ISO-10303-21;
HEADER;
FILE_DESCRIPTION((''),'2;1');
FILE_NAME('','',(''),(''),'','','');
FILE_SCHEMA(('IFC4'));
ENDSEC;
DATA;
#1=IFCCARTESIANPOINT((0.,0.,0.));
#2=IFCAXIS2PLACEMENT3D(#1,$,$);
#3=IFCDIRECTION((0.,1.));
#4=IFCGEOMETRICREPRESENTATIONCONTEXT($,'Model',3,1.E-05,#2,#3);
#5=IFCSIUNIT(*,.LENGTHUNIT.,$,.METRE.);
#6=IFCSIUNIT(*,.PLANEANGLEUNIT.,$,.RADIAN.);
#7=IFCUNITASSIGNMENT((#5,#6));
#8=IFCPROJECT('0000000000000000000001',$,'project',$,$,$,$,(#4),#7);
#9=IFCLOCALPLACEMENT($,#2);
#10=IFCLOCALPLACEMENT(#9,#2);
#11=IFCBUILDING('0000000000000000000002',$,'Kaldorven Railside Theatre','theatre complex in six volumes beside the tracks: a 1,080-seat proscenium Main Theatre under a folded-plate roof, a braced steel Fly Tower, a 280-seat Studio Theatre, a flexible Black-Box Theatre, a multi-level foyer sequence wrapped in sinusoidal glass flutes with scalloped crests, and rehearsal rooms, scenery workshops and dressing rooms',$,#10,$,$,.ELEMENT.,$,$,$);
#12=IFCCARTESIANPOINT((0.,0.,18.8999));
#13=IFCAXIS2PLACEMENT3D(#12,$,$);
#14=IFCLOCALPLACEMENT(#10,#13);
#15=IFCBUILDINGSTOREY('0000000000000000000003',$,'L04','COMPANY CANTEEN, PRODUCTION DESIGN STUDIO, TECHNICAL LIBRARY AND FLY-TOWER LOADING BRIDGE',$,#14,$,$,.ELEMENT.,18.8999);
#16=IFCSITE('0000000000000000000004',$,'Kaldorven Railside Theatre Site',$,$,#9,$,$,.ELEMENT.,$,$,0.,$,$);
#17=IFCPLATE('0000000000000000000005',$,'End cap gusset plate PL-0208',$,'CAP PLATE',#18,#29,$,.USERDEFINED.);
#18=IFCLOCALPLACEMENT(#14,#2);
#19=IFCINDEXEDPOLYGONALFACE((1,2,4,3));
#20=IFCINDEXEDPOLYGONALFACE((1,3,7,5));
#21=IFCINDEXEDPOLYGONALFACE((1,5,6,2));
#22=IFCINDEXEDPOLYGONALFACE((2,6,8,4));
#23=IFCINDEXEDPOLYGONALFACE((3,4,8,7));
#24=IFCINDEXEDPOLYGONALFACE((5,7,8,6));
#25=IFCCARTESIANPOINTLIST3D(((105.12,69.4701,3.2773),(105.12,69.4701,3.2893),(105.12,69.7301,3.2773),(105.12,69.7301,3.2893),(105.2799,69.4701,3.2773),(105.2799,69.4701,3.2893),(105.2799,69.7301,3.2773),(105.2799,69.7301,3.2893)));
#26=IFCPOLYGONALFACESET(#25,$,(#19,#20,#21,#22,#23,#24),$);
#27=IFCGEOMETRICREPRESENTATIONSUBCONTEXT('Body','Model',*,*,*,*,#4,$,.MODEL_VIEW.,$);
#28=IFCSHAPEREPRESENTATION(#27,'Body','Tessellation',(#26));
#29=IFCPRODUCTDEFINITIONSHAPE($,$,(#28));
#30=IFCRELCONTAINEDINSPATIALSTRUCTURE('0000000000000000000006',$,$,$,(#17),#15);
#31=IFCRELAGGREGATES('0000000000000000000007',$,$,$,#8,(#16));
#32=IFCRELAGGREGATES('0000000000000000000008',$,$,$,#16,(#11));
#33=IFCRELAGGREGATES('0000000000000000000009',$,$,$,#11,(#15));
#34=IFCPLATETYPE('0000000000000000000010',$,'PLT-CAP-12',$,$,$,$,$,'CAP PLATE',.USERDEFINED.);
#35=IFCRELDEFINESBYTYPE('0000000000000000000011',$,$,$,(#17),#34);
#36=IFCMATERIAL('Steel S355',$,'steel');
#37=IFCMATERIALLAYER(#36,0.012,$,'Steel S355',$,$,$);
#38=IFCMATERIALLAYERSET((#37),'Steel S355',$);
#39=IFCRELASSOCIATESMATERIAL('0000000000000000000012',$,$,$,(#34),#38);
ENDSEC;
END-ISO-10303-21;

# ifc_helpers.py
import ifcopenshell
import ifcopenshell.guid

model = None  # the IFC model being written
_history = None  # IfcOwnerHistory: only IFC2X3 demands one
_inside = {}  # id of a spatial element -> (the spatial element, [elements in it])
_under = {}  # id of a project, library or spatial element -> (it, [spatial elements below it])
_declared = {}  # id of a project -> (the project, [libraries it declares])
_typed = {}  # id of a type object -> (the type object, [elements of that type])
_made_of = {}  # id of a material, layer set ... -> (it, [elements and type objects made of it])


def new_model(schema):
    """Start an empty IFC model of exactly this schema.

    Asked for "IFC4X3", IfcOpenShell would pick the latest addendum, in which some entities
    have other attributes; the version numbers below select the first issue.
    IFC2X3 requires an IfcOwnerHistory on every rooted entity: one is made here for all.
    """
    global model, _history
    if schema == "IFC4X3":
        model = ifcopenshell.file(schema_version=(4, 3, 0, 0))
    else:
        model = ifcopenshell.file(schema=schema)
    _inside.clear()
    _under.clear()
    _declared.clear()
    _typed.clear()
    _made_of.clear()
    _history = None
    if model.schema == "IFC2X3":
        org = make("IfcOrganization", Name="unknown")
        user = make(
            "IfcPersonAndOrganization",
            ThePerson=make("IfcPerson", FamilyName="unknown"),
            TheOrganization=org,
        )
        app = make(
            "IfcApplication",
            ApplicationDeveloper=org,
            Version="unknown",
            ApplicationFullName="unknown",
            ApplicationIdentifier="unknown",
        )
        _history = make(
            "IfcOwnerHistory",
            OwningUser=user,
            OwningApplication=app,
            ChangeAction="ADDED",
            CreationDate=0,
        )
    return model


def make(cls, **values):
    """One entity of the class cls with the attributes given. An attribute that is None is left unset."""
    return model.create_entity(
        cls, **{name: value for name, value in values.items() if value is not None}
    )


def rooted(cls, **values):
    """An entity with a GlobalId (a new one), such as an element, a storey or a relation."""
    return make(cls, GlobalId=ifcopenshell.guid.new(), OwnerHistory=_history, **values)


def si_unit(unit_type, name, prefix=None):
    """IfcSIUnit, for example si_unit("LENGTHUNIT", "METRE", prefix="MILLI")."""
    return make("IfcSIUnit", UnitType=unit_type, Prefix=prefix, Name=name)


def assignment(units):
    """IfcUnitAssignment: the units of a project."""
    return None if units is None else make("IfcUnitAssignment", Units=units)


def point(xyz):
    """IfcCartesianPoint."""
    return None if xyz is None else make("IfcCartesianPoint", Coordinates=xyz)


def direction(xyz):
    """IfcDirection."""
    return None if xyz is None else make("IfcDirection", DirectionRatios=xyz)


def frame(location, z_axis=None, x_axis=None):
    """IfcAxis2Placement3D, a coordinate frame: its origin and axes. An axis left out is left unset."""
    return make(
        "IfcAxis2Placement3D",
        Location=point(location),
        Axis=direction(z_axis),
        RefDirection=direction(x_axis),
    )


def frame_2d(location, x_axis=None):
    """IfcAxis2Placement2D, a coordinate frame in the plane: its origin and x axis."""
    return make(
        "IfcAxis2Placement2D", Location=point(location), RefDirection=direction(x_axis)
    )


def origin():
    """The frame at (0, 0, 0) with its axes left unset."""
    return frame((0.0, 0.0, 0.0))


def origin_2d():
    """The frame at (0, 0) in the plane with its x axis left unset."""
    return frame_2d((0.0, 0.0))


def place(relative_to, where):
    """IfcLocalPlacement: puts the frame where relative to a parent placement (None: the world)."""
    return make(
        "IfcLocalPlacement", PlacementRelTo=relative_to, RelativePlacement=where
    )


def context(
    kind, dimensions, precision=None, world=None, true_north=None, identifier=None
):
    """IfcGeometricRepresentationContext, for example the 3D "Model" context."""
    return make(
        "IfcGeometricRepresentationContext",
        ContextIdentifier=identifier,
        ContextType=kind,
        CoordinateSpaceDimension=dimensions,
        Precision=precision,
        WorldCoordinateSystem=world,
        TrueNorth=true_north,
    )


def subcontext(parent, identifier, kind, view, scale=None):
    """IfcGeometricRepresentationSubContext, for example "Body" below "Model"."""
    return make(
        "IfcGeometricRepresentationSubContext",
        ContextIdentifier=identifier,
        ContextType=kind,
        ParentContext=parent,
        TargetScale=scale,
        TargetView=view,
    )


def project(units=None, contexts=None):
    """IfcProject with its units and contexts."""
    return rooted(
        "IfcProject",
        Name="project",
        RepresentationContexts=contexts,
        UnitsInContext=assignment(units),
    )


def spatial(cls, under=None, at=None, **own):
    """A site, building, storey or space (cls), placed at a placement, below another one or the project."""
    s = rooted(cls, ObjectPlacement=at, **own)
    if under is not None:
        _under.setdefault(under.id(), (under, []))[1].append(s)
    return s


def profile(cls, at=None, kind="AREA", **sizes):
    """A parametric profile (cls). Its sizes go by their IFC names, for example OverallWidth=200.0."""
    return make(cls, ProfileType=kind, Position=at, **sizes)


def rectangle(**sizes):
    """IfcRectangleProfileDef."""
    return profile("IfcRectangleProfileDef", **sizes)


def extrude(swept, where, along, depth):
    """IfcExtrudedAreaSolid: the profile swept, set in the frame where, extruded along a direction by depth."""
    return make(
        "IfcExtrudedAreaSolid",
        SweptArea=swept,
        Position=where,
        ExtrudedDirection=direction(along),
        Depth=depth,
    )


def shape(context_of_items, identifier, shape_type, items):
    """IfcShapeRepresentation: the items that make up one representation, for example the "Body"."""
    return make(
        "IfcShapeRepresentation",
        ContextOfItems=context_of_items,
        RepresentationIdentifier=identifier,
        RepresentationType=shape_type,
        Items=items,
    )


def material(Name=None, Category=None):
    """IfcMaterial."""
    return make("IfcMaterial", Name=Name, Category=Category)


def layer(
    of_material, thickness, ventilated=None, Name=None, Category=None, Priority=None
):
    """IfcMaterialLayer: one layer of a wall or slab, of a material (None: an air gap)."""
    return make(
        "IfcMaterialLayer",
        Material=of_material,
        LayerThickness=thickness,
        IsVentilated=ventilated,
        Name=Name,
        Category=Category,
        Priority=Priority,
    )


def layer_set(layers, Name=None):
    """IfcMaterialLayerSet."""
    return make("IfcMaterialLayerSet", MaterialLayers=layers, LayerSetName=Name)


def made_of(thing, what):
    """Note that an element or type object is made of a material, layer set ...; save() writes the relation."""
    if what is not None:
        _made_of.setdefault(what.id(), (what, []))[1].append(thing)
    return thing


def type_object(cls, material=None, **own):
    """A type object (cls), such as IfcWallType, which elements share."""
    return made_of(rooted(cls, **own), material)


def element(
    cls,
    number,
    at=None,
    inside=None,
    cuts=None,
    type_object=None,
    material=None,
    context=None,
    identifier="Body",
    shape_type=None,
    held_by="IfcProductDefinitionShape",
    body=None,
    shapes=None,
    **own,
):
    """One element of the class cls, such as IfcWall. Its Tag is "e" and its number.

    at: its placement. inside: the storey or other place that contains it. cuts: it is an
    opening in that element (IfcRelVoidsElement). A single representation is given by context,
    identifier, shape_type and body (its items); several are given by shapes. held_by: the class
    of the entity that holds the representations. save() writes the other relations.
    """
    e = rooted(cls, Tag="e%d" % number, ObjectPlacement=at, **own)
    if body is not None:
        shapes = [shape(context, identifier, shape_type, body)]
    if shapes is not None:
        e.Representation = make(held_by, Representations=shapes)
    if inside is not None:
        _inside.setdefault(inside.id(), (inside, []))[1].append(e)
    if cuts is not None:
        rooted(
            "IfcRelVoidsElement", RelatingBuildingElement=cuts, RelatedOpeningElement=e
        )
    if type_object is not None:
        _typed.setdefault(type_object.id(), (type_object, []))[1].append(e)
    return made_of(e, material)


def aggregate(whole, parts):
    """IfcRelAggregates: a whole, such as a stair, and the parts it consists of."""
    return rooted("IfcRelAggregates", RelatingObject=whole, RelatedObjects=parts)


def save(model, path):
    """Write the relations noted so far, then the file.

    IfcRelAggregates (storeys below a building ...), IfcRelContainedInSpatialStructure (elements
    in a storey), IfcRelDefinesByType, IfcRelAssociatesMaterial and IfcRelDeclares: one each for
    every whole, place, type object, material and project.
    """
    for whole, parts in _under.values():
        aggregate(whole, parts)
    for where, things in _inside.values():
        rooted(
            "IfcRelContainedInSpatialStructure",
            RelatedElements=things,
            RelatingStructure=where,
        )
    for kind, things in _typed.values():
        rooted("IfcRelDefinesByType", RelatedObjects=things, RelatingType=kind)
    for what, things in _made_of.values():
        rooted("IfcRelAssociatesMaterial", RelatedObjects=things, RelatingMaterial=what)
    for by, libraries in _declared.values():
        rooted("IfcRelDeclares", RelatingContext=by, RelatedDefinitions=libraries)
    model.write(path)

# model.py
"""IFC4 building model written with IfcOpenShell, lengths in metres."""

from ifc_helpers import new_model, si_unit, direction, frame, origin, origin_2d, place, context, subcontext, project, spatial, rectangle, extrude, material, layer, layer_set, type_object, element, save


model = new_model("IFC4")

# Units and contexts
model_context = context("Model", 3, precision=1e-05, world=origin(), true_north=direction((0.0, 1.0)))
body_context = subcontext(model_context, "Body", "Model", "MODEL_VIEW")
ifc_project = project(units=[si_unit("LENGTHUNIT", "METRE"), si_unit("PLANEANGLEUNIT", "RADIAN")], contexts=[model_context])

# Site, building, storey
site_placement = place(None, origin())
site = spatial("IfcSite", under=ifc_project, at=site_placement, Name="Kaldorven Railside Theatre Site", CompositionType="ELEMENT", RefElevation=0.0)
building_placement = place(site_placement, origin())
building = spatial("IfcBuilding", under=site, at=building_placement, Name="Kaldorven Railside Theatre", Description="theatre complex in six volumes beside the tracks: a 1,080-seat proscenium Main Theatre under a folded-plate roof, a braced steel Fly Tower, a 280-seat Studio Theatre, a flexible Black-Box Theatre, a multi-level foyer sequence wrapped in sinusoidal glass flutes with scalloped crests, and rehearsal rooms, scenery workshops and dressing rooms", CompositionType="ELEMENT")
storey_placement = place(building_placement, frame((0.0, 0.0, 18.8999)))
storey = spatial("IfcBuildingStorey", under=building, at=storey_placement, Name="L04", Description="COMPANY CANTEEN, PRODUCTION DESIGN STUDIO, TECHNICAL LIBRARY AND FLY-TOWER LOADING BRIDGE", CompositionType="ELEMENT", Elevation=18.8999)

# Shared definitions
ifc_material = material(Name="Steel S355", Category="steel")

# Plate
ifc_layer = layer(ifc_material, 0.012, Name="Steel S355")
ifc_layer_set = layer_set([ifc_layer], Name="Steel S355")
plate_type = type_object("IfcPlateType", Name="PLT-CAP-12", ElementType="CAP PLATE", PredefinedType="USERDEFINED", material=ifc_layer_set)
for number, where, z_axis, x_axis, name in (
    (1, (105.2, 69.6001, 3.2773), (0.0, 0.0, 1.0), (1.0, 0.0, 0.0), "End cap gusset plate PL-0208"),
):
    element("IfcPlate", number, at=place(storey_placement, frame(where, z_axis=z_axis, x_axis=x_axis)), inside=storey, type_object=plate_type, Name=name, ObjectType="CAP PLATE", PredefinedType="USERDEFINED", context=body_context, shape_type="SweptSolid", body=[
        extrude(rectangle(XDim=0.1599, YDim=0.26, at=origin_2d()), origin(), (0.0, 0.0, 1.0), 0.012),
    ])

save(model, "model.ifc")
